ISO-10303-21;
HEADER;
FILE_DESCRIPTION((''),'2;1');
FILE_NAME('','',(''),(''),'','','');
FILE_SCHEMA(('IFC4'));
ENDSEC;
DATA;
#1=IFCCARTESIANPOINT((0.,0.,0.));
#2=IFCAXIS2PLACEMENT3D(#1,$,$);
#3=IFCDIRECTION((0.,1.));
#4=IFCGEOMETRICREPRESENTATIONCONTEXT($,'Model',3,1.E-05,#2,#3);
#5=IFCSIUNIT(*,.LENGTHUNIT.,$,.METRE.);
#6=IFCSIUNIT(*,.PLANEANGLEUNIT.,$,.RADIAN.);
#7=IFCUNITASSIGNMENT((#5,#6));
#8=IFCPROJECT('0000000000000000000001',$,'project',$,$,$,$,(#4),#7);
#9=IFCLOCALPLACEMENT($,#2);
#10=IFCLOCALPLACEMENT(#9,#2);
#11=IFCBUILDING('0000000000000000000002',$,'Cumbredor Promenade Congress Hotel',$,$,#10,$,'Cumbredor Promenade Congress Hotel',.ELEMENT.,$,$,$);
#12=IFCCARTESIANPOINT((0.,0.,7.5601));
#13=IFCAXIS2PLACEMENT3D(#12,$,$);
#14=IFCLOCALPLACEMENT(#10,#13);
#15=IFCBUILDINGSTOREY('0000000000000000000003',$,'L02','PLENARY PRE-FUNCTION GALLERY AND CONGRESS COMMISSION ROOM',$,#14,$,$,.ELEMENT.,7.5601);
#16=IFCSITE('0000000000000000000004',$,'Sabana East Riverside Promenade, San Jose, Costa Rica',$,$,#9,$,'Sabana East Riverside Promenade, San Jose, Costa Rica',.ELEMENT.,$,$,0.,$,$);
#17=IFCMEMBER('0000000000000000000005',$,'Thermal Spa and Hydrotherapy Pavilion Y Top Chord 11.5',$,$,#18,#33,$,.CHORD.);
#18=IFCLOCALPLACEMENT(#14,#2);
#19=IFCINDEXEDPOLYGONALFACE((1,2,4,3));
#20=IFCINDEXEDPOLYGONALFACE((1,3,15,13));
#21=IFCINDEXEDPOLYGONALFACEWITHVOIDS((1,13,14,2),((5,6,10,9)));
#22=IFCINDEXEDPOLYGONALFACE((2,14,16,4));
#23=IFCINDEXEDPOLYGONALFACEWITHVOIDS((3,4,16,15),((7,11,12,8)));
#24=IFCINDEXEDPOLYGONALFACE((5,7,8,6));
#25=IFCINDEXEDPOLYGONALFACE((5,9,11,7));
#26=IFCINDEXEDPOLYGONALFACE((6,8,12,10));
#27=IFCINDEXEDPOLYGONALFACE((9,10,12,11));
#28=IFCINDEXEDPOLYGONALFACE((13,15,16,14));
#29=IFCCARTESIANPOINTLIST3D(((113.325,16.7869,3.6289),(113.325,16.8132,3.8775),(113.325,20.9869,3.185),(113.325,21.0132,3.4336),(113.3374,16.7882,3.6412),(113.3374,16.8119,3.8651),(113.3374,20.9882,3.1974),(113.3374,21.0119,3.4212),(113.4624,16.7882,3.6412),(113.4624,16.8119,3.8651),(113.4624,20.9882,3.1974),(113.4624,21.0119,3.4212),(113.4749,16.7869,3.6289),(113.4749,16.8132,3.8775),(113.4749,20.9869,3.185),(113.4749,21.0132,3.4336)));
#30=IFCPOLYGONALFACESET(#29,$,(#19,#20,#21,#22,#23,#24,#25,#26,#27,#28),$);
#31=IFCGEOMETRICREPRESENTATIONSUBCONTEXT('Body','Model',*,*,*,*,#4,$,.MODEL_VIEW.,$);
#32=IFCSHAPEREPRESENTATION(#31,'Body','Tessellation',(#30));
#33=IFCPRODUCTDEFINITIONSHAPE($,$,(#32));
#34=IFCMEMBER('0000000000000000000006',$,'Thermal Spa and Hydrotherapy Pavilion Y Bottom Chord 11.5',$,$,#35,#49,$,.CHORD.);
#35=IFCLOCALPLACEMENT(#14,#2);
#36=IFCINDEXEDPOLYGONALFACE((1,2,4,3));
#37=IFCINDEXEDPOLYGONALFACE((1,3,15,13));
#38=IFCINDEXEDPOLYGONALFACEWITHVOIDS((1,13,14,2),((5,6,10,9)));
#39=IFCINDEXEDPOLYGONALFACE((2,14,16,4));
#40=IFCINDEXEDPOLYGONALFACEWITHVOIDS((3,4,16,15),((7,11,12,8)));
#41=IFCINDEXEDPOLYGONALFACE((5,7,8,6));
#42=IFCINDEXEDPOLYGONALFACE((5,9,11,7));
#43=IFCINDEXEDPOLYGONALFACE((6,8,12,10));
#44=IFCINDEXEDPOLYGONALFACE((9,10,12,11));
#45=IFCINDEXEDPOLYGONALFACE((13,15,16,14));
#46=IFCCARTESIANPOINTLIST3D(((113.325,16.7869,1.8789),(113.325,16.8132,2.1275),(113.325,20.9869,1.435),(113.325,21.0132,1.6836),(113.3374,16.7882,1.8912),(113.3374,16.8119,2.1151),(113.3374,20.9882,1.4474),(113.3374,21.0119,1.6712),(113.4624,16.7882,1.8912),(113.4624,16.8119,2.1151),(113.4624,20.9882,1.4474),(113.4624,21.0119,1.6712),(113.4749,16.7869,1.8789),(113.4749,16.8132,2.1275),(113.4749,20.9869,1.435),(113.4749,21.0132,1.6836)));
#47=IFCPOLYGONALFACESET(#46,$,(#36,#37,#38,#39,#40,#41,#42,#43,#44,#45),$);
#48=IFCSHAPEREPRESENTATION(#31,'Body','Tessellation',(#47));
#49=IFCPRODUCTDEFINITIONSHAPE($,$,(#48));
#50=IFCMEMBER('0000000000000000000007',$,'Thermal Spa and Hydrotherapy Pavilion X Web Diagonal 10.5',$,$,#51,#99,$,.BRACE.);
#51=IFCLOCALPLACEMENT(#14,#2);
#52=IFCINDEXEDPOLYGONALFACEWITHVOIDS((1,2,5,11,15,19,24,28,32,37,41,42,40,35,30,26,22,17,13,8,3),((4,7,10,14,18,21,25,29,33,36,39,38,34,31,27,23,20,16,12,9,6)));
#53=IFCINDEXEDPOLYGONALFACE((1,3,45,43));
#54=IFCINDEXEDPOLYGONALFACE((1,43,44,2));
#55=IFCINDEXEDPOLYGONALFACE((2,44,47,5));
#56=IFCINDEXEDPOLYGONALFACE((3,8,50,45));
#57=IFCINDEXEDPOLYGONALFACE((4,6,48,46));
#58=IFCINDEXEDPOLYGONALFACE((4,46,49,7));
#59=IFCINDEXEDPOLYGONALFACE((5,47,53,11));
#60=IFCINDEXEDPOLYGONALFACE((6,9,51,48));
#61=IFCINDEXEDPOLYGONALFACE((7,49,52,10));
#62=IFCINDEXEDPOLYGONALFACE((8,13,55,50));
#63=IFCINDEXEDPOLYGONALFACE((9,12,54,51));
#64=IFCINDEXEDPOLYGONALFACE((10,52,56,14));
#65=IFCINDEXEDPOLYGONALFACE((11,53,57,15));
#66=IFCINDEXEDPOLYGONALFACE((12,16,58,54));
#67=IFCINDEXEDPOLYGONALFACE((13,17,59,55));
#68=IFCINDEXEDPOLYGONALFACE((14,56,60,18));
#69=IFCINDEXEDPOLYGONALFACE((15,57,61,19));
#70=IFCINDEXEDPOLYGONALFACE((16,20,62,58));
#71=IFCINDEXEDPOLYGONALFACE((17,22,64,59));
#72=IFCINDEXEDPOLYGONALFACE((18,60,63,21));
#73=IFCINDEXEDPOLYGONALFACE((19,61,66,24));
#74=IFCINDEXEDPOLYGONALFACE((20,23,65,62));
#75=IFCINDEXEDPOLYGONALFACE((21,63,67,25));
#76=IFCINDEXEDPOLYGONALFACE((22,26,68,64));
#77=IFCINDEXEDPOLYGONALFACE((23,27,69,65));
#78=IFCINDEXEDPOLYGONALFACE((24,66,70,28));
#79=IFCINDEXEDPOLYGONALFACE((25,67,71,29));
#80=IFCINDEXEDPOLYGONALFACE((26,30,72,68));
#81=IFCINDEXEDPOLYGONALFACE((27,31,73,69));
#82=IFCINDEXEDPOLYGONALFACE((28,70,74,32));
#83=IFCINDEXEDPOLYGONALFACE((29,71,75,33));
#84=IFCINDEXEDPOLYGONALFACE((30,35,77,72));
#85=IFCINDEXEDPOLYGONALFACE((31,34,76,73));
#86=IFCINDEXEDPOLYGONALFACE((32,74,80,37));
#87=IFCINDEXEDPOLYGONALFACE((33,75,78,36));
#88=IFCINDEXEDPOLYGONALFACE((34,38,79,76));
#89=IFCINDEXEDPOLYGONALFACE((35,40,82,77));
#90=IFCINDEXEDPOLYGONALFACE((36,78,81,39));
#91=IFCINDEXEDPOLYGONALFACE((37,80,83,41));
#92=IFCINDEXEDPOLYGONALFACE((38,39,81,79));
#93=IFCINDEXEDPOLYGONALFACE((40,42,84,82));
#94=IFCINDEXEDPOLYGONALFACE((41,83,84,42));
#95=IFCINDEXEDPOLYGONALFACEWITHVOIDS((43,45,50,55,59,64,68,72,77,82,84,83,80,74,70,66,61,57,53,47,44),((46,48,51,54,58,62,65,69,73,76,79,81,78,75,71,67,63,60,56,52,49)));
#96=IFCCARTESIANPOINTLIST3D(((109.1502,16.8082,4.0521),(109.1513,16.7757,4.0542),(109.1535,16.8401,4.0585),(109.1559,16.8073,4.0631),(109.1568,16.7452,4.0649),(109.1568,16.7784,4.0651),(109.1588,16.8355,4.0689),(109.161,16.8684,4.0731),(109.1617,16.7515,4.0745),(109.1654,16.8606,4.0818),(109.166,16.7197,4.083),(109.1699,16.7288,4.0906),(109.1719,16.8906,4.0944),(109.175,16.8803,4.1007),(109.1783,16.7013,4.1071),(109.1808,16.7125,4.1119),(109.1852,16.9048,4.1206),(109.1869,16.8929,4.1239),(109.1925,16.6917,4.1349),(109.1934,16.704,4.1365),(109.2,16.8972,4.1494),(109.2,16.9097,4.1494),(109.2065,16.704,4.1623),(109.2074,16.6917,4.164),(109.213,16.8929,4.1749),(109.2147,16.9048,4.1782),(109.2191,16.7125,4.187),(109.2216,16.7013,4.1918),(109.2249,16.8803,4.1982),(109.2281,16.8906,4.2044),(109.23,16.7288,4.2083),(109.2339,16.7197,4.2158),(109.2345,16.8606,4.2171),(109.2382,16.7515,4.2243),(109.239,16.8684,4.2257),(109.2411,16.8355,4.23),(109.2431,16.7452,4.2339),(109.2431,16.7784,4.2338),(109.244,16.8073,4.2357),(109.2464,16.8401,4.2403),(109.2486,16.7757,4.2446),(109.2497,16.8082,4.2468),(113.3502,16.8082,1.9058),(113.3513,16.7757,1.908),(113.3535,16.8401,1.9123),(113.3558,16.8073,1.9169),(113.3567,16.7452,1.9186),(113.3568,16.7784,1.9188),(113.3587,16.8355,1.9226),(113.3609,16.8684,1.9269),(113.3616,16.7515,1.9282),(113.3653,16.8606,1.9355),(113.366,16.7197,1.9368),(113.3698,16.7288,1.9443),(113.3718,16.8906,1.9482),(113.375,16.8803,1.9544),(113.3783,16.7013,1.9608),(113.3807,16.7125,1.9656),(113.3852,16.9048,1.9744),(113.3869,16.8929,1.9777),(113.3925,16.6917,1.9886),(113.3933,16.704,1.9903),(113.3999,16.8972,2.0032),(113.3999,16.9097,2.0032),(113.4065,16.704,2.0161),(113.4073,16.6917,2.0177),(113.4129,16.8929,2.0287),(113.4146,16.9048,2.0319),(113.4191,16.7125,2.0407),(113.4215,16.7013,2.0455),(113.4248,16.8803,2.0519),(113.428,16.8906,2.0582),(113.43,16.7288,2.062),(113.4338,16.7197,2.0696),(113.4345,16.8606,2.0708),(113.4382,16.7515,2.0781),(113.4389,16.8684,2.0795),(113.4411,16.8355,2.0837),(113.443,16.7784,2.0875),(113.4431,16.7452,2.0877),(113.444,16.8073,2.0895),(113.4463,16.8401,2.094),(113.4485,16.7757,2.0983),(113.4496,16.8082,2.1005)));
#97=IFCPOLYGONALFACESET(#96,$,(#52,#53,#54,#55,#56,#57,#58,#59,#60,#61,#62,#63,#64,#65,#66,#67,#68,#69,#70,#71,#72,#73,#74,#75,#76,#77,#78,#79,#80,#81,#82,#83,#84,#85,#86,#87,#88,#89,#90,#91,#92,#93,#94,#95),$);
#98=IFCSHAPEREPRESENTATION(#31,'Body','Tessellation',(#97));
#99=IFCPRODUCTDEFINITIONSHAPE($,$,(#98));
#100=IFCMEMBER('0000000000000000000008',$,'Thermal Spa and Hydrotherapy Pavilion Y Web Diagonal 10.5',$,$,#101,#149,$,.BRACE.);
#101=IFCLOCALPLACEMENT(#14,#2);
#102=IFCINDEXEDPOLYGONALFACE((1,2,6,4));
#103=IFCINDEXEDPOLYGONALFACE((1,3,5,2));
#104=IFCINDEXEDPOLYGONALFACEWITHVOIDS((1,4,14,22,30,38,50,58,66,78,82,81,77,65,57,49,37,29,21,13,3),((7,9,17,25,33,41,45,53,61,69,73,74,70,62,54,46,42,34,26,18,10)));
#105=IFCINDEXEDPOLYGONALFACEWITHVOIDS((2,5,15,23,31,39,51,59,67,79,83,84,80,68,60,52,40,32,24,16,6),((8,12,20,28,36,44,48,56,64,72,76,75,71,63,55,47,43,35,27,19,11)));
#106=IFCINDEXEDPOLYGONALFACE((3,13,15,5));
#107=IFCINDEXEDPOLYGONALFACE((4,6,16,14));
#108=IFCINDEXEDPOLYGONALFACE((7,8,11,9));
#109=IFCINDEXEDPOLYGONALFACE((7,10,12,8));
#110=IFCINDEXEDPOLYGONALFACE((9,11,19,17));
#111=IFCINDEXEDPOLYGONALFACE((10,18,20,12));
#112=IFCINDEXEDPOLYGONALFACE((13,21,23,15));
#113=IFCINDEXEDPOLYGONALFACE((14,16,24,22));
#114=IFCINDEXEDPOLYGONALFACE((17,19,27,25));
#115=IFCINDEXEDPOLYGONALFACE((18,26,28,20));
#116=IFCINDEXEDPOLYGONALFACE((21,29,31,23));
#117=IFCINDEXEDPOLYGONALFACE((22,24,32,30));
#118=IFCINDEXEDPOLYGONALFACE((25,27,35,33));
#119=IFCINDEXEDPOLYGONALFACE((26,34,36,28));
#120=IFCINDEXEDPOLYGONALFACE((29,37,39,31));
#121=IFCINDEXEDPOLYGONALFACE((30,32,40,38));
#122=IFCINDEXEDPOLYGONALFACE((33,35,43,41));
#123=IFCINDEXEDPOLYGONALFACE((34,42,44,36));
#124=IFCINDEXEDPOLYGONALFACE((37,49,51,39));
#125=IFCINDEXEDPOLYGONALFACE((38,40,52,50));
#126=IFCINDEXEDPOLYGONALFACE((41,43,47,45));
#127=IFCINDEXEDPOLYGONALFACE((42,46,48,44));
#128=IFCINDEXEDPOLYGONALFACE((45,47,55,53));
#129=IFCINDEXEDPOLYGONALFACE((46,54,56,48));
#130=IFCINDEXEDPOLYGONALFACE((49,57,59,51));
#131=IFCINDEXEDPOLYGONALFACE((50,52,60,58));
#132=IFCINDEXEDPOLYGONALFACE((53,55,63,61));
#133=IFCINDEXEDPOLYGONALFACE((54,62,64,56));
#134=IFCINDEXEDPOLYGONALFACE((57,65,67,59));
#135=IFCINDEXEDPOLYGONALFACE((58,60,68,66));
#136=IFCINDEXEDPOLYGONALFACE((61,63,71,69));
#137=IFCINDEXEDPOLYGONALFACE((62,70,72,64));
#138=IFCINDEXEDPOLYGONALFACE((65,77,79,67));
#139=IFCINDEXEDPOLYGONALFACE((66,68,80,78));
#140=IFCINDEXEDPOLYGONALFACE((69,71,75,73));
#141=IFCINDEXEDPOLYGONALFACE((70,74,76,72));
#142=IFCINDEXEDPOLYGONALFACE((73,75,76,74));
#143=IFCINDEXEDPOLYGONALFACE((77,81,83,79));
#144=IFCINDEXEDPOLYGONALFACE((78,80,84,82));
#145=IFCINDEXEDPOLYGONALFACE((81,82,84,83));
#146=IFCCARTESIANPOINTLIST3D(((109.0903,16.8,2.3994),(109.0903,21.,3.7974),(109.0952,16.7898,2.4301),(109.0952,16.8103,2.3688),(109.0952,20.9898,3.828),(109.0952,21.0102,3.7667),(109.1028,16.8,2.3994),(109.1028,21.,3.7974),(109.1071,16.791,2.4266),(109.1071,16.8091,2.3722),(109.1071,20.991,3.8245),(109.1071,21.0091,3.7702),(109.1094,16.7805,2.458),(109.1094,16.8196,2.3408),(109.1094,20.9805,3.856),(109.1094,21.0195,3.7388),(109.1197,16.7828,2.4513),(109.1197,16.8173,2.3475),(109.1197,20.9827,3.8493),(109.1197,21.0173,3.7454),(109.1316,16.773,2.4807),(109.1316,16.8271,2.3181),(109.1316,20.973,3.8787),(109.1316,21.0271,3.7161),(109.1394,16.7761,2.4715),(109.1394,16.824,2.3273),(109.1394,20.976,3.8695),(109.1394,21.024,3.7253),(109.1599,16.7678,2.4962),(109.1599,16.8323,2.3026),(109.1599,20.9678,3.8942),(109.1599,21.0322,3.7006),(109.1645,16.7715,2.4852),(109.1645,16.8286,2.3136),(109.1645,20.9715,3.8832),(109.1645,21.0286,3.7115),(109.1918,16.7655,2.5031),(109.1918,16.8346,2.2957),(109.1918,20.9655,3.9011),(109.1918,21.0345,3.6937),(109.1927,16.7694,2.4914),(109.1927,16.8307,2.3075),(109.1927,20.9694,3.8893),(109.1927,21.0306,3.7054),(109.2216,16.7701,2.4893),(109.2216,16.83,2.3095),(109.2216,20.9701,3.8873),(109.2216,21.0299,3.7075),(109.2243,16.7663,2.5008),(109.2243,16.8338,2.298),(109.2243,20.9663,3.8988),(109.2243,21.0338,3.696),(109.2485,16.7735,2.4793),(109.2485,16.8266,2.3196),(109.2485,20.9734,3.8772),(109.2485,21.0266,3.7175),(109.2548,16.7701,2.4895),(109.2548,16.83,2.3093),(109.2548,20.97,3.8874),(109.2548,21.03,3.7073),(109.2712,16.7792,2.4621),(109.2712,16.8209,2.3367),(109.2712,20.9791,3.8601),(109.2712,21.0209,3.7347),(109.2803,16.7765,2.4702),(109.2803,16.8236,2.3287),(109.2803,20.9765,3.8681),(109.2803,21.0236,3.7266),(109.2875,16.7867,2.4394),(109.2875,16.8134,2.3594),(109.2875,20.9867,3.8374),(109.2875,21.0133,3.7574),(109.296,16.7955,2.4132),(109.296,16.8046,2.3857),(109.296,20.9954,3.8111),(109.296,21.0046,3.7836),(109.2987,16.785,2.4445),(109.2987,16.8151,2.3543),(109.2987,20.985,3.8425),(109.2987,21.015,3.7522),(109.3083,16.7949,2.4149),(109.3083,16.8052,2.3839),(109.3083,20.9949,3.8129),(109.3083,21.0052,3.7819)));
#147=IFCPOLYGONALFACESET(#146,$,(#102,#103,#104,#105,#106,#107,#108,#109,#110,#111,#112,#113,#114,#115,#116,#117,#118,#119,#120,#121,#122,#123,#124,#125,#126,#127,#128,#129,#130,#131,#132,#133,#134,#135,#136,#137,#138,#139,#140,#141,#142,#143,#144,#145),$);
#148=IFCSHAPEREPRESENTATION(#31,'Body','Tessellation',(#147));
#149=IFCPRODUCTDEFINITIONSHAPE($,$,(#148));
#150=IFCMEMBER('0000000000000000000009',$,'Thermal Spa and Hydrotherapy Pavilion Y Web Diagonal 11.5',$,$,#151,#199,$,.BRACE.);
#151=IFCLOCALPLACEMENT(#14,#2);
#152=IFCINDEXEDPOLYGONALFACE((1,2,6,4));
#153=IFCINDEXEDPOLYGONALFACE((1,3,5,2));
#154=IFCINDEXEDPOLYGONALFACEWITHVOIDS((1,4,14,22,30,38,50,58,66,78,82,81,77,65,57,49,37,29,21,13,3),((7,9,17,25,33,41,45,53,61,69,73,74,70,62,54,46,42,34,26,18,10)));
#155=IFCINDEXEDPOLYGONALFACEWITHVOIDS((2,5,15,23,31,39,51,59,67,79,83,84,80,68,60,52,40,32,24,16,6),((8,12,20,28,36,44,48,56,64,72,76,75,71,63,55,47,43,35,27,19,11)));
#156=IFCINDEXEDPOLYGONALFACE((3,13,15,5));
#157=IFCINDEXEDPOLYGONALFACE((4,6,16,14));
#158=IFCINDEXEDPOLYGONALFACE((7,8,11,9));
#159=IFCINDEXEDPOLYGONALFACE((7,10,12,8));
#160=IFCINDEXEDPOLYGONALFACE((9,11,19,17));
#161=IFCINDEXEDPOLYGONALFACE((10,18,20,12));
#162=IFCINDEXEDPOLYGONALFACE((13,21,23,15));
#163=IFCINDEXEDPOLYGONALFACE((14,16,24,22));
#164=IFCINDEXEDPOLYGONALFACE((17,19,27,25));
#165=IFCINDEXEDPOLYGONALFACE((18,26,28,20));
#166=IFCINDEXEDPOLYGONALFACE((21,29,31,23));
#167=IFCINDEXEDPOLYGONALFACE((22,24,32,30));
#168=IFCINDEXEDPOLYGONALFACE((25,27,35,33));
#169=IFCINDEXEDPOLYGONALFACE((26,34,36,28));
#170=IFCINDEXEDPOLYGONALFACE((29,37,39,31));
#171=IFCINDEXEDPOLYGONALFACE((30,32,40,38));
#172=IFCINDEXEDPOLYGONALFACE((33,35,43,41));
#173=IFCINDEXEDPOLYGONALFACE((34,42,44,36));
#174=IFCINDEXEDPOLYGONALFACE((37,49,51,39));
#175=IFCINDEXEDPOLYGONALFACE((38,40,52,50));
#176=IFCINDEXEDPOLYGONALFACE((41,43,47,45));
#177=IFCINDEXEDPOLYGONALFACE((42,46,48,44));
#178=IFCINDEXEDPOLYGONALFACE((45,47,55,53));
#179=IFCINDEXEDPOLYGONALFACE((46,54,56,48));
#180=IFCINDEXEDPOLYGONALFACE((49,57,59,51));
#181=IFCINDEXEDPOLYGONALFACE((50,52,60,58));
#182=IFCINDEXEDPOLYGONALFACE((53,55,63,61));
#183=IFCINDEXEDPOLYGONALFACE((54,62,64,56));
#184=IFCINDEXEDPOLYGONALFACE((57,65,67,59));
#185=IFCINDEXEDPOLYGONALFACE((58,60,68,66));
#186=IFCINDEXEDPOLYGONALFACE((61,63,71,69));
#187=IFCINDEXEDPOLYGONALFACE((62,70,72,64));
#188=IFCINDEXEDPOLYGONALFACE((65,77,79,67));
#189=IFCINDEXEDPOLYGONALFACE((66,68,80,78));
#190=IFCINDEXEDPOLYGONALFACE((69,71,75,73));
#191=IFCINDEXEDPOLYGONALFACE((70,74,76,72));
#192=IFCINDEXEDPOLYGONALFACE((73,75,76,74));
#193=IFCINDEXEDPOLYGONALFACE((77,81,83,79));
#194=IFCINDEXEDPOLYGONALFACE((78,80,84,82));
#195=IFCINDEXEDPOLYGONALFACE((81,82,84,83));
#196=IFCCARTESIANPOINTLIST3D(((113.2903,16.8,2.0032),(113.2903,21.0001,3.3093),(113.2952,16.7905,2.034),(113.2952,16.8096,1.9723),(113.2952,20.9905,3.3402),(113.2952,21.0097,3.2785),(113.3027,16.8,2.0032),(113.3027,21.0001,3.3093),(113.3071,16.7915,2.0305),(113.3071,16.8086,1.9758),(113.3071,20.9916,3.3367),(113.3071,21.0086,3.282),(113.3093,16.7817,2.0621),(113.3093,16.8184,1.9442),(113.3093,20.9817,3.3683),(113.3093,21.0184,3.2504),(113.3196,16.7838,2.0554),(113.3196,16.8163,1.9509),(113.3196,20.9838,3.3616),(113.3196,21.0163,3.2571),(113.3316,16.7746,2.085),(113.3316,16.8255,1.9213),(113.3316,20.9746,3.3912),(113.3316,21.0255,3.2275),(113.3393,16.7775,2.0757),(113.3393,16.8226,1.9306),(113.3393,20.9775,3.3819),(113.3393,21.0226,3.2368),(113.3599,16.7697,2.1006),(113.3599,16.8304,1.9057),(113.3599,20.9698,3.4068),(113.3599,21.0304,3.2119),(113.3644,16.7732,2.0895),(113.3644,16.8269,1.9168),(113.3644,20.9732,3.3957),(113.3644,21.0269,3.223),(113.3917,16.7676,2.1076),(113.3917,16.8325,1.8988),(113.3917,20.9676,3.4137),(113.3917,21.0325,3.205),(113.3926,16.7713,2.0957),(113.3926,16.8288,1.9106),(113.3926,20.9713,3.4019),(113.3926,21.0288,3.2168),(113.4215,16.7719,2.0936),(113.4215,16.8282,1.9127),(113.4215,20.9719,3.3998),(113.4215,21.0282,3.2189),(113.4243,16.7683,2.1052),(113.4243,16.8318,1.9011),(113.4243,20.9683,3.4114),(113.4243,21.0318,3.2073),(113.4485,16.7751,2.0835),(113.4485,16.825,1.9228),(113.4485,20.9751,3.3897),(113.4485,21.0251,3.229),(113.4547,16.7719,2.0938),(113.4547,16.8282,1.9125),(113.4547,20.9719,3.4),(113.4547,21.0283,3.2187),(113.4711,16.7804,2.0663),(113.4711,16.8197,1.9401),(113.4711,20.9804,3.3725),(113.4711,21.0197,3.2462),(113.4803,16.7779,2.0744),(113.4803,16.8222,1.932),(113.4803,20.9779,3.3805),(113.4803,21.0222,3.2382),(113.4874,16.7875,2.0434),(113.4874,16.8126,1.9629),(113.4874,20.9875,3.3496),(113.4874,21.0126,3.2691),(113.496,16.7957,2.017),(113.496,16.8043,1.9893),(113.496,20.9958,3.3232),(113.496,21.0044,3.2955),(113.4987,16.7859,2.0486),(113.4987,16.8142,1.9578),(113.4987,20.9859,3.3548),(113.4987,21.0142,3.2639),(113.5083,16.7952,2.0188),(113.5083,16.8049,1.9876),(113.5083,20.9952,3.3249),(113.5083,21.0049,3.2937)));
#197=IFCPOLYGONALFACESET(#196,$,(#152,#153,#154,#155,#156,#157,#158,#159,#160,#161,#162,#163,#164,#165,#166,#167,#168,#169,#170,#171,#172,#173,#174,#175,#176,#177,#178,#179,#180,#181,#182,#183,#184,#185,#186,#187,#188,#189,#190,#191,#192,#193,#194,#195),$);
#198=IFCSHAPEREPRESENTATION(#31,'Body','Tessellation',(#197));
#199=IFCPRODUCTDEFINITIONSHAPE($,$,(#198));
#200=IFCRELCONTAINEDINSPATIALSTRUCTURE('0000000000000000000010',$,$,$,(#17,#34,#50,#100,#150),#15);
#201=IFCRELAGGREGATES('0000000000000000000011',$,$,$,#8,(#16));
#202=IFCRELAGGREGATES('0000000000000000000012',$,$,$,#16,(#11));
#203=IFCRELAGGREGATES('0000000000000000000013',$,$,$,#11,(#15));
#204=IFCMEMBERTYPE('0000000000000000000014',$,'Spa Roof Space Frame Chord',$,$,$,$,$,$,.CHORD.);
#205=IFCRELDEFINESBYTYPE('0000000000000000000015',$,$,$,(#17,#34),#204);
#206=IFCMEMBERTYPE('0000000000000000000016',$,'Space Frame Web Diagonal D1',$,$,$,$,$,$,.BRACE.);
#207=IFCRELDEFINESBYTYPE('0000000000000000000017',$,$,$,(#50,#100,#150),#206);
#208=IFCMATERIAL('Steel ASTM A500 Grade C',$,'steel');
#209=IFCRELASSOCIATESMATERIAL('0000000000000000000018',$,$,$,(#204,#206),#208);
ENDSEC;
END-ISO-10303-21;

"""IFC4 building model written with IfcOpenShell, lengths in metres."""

from ifc_helpers import new_model, si_unit, direction, frame, origin, origin_2d, place, context, subcontext, project, spatial, hollow_rectangle, hollow_circle, extrude, material, material_profile, profile_set, type_object, element, save


model = new_model("IFC4")

# Units and contexts
model_context = context("Model", 3, precision=1e-05, world=origin(), true_north=direction((0.0, 1.0)))
body_context = subcontext(model_context, "Body", "Model", "MODEL_VIEW")
ifc_project = project(units=[si_unit("LENGTHUNIT", "METRE"), si_unit("PLANEANGLEUNIT", "RADIAN")], contexts=[model_context])

# Site, building, storey
site_placement = place(None, origin())
site = spatial("IfcSite", under=ifc_project, at=site_placement, Name="Sabana East Riverside Promenade, San Jose, Costa Rica", LongName="Sabana East Riverside Promenade, San Jose, Costa Rica", CompositionType="ELEMENT", RefElevation=0.0)
building_placement = place(site_placement, origin())
building = spatial("IfcBuilding", under=site, at=building_placement, Name="Cumbredor Promenade Congress Hotel", LongName="Cumbredor Promenade Congress Hotel", CompositionType="ELEMENT")
storey_placement = place(building_placement, frame((0.0, 0.0, 7.5601)))
storey = spatial("IfcBuildingStorey", under=building, at=storey_placement, Name="L02", Description="PLENARY PRE-FUNCTION GALLERY AND CONGRESS COMMISSION ROOM", CompositionType="ELEMENT", Elevation=7.5601)

# Members
ifc_material_1 = material(Name="Steel ASTM A500 Grade C", Category="steel")
ifc_material_profile_1 = material_profile(ifc_material_1, hollow_rectangle(XDim=0.1499, YDim=0.25, WallThickness=0.0125, at=origin_2d()), Name="HSS 250x150x12.5")
ifc_profile_set_1 = profile_set([ifc_material_profile_1], Name="Steel ASTM A500 Grade C")
member_type_1 = type_object("IfcMemberType", Name="Spa Roof Space Frame Chord", PredefinedType="CHORD", material=ifc_profile_set_1)
for number, where, z_axis, x_axis, name in (
    (1, (113.3999, 16.8, 3.7532), (0.0, 0.994462, -0.105094), (-1.0, 0.0, 0.0), "Thermal Spa and Hydrotherapy Pavilion Y Top Chord 11.5"),
    (2, (113.3999, 16.8, 2.0032), (0.0, 0.994462, -0.105094), (-1.0, 0.0, 0.0), "Thermal Spa and Hydrotherapy Pavilion Y Bottom Chord 11.5"),
):
    element("IfcMember", number, at=place(storey_placement, frame(where, z_axis=z_axis, x_axis=x_axis)), inside=storey, type_object=member_type_1, Name=name, PredefinedType="CHORD", context=body_context, shape_type="SweptSolid", body=[
        extrude(hollow_rectangle(XDim=0.1499, YDim=0.25, WallThickness=0.0125, at=origin_2d()), origin(), (0.0, 0.0, 1.0), 4.2234),
    ])
ifc_material_profile_2 = material_profile(ifc_material_1, hollow_circle(Radius=0.1096, WallThickness=0.0125, at=origin_2d()), Name="CHS 219.1x12.5")
ifc_profile_set_2 = profile_set([ifc_material_profile_2], Name="Steel ASTM A500 Grade C")
member_type_2 = type_object("IfcMemberType", Name="Space Frame Web Diagonal D1", PredefinedType="BRACE", material=ifc_profile_set_2)
member_1_placement = place(storey_placement, frame((109.2, 16.8, 4.1494), z_axis=(0.890469, 0.0, -0.455044), x_axis=(0.0, 1.0, 0.0)))
element("IfcMember", 3, at=member_1_placement, inside=storey, type_object=member_type_2, Name="Thermal Spa and Hydrotherapy Pavilion X Web Diagonal 10.5", PredefinedType="BRACE", context=body_context, shape_type="SweptSolid", body=[
    extrude(hollow_circle(Radius=0.1096, WallThickness=0.0125, at=origin_2d()), origin(), (0.0, 0.0, 1.0), 4.7166),
])
member_2_placement = place(storey_placement, frame((109.2, 16.8, 2.3994), z_axis=(0.0, 0.948821, 0.315814), x_axis=(-1.0, 0.0, 0.0)))
element("IfcMember", 4, at=member_2_placement, inside=storey, type_object=member_type_2, Name="Thermal Spa and Hydrotherapy Pavilion Y Web Diagonal 10.5", PredefinedType="BRACE", context=body_context, shape_type="SweptSolid", body=[
    extrude(hollow_circle(Radius=0.1096, WallThickness=0.0125, at=origin_2d()), origin(), (0.0, 0.0, 1.0), 4.4265),
])
member_3_placement = place(storey_placement, frame((113.3999, 16.8, 2.0032), z_axis=(0.0, 0.954889, 0.296963), x_axis=(-1.0, 0.0, 0.0)))
element("IfcMember", 5, at=member_3_placement, inside=storey, type_object=member_type_2, Name="Thermal Spa and Hydrotherapy Pavilion Y Web Diagonal 11.5", PredefinedType="BRACE", context=body_context, shape_type="SweptSolid", body=[
    extrude(hollow_circle(Radius=0.1096, WallThickness=0.0125, at=origin_2d()), origin(), (0.0, 0.0, 1.0), 4.3984),
])

save(model, "model.ifc")
